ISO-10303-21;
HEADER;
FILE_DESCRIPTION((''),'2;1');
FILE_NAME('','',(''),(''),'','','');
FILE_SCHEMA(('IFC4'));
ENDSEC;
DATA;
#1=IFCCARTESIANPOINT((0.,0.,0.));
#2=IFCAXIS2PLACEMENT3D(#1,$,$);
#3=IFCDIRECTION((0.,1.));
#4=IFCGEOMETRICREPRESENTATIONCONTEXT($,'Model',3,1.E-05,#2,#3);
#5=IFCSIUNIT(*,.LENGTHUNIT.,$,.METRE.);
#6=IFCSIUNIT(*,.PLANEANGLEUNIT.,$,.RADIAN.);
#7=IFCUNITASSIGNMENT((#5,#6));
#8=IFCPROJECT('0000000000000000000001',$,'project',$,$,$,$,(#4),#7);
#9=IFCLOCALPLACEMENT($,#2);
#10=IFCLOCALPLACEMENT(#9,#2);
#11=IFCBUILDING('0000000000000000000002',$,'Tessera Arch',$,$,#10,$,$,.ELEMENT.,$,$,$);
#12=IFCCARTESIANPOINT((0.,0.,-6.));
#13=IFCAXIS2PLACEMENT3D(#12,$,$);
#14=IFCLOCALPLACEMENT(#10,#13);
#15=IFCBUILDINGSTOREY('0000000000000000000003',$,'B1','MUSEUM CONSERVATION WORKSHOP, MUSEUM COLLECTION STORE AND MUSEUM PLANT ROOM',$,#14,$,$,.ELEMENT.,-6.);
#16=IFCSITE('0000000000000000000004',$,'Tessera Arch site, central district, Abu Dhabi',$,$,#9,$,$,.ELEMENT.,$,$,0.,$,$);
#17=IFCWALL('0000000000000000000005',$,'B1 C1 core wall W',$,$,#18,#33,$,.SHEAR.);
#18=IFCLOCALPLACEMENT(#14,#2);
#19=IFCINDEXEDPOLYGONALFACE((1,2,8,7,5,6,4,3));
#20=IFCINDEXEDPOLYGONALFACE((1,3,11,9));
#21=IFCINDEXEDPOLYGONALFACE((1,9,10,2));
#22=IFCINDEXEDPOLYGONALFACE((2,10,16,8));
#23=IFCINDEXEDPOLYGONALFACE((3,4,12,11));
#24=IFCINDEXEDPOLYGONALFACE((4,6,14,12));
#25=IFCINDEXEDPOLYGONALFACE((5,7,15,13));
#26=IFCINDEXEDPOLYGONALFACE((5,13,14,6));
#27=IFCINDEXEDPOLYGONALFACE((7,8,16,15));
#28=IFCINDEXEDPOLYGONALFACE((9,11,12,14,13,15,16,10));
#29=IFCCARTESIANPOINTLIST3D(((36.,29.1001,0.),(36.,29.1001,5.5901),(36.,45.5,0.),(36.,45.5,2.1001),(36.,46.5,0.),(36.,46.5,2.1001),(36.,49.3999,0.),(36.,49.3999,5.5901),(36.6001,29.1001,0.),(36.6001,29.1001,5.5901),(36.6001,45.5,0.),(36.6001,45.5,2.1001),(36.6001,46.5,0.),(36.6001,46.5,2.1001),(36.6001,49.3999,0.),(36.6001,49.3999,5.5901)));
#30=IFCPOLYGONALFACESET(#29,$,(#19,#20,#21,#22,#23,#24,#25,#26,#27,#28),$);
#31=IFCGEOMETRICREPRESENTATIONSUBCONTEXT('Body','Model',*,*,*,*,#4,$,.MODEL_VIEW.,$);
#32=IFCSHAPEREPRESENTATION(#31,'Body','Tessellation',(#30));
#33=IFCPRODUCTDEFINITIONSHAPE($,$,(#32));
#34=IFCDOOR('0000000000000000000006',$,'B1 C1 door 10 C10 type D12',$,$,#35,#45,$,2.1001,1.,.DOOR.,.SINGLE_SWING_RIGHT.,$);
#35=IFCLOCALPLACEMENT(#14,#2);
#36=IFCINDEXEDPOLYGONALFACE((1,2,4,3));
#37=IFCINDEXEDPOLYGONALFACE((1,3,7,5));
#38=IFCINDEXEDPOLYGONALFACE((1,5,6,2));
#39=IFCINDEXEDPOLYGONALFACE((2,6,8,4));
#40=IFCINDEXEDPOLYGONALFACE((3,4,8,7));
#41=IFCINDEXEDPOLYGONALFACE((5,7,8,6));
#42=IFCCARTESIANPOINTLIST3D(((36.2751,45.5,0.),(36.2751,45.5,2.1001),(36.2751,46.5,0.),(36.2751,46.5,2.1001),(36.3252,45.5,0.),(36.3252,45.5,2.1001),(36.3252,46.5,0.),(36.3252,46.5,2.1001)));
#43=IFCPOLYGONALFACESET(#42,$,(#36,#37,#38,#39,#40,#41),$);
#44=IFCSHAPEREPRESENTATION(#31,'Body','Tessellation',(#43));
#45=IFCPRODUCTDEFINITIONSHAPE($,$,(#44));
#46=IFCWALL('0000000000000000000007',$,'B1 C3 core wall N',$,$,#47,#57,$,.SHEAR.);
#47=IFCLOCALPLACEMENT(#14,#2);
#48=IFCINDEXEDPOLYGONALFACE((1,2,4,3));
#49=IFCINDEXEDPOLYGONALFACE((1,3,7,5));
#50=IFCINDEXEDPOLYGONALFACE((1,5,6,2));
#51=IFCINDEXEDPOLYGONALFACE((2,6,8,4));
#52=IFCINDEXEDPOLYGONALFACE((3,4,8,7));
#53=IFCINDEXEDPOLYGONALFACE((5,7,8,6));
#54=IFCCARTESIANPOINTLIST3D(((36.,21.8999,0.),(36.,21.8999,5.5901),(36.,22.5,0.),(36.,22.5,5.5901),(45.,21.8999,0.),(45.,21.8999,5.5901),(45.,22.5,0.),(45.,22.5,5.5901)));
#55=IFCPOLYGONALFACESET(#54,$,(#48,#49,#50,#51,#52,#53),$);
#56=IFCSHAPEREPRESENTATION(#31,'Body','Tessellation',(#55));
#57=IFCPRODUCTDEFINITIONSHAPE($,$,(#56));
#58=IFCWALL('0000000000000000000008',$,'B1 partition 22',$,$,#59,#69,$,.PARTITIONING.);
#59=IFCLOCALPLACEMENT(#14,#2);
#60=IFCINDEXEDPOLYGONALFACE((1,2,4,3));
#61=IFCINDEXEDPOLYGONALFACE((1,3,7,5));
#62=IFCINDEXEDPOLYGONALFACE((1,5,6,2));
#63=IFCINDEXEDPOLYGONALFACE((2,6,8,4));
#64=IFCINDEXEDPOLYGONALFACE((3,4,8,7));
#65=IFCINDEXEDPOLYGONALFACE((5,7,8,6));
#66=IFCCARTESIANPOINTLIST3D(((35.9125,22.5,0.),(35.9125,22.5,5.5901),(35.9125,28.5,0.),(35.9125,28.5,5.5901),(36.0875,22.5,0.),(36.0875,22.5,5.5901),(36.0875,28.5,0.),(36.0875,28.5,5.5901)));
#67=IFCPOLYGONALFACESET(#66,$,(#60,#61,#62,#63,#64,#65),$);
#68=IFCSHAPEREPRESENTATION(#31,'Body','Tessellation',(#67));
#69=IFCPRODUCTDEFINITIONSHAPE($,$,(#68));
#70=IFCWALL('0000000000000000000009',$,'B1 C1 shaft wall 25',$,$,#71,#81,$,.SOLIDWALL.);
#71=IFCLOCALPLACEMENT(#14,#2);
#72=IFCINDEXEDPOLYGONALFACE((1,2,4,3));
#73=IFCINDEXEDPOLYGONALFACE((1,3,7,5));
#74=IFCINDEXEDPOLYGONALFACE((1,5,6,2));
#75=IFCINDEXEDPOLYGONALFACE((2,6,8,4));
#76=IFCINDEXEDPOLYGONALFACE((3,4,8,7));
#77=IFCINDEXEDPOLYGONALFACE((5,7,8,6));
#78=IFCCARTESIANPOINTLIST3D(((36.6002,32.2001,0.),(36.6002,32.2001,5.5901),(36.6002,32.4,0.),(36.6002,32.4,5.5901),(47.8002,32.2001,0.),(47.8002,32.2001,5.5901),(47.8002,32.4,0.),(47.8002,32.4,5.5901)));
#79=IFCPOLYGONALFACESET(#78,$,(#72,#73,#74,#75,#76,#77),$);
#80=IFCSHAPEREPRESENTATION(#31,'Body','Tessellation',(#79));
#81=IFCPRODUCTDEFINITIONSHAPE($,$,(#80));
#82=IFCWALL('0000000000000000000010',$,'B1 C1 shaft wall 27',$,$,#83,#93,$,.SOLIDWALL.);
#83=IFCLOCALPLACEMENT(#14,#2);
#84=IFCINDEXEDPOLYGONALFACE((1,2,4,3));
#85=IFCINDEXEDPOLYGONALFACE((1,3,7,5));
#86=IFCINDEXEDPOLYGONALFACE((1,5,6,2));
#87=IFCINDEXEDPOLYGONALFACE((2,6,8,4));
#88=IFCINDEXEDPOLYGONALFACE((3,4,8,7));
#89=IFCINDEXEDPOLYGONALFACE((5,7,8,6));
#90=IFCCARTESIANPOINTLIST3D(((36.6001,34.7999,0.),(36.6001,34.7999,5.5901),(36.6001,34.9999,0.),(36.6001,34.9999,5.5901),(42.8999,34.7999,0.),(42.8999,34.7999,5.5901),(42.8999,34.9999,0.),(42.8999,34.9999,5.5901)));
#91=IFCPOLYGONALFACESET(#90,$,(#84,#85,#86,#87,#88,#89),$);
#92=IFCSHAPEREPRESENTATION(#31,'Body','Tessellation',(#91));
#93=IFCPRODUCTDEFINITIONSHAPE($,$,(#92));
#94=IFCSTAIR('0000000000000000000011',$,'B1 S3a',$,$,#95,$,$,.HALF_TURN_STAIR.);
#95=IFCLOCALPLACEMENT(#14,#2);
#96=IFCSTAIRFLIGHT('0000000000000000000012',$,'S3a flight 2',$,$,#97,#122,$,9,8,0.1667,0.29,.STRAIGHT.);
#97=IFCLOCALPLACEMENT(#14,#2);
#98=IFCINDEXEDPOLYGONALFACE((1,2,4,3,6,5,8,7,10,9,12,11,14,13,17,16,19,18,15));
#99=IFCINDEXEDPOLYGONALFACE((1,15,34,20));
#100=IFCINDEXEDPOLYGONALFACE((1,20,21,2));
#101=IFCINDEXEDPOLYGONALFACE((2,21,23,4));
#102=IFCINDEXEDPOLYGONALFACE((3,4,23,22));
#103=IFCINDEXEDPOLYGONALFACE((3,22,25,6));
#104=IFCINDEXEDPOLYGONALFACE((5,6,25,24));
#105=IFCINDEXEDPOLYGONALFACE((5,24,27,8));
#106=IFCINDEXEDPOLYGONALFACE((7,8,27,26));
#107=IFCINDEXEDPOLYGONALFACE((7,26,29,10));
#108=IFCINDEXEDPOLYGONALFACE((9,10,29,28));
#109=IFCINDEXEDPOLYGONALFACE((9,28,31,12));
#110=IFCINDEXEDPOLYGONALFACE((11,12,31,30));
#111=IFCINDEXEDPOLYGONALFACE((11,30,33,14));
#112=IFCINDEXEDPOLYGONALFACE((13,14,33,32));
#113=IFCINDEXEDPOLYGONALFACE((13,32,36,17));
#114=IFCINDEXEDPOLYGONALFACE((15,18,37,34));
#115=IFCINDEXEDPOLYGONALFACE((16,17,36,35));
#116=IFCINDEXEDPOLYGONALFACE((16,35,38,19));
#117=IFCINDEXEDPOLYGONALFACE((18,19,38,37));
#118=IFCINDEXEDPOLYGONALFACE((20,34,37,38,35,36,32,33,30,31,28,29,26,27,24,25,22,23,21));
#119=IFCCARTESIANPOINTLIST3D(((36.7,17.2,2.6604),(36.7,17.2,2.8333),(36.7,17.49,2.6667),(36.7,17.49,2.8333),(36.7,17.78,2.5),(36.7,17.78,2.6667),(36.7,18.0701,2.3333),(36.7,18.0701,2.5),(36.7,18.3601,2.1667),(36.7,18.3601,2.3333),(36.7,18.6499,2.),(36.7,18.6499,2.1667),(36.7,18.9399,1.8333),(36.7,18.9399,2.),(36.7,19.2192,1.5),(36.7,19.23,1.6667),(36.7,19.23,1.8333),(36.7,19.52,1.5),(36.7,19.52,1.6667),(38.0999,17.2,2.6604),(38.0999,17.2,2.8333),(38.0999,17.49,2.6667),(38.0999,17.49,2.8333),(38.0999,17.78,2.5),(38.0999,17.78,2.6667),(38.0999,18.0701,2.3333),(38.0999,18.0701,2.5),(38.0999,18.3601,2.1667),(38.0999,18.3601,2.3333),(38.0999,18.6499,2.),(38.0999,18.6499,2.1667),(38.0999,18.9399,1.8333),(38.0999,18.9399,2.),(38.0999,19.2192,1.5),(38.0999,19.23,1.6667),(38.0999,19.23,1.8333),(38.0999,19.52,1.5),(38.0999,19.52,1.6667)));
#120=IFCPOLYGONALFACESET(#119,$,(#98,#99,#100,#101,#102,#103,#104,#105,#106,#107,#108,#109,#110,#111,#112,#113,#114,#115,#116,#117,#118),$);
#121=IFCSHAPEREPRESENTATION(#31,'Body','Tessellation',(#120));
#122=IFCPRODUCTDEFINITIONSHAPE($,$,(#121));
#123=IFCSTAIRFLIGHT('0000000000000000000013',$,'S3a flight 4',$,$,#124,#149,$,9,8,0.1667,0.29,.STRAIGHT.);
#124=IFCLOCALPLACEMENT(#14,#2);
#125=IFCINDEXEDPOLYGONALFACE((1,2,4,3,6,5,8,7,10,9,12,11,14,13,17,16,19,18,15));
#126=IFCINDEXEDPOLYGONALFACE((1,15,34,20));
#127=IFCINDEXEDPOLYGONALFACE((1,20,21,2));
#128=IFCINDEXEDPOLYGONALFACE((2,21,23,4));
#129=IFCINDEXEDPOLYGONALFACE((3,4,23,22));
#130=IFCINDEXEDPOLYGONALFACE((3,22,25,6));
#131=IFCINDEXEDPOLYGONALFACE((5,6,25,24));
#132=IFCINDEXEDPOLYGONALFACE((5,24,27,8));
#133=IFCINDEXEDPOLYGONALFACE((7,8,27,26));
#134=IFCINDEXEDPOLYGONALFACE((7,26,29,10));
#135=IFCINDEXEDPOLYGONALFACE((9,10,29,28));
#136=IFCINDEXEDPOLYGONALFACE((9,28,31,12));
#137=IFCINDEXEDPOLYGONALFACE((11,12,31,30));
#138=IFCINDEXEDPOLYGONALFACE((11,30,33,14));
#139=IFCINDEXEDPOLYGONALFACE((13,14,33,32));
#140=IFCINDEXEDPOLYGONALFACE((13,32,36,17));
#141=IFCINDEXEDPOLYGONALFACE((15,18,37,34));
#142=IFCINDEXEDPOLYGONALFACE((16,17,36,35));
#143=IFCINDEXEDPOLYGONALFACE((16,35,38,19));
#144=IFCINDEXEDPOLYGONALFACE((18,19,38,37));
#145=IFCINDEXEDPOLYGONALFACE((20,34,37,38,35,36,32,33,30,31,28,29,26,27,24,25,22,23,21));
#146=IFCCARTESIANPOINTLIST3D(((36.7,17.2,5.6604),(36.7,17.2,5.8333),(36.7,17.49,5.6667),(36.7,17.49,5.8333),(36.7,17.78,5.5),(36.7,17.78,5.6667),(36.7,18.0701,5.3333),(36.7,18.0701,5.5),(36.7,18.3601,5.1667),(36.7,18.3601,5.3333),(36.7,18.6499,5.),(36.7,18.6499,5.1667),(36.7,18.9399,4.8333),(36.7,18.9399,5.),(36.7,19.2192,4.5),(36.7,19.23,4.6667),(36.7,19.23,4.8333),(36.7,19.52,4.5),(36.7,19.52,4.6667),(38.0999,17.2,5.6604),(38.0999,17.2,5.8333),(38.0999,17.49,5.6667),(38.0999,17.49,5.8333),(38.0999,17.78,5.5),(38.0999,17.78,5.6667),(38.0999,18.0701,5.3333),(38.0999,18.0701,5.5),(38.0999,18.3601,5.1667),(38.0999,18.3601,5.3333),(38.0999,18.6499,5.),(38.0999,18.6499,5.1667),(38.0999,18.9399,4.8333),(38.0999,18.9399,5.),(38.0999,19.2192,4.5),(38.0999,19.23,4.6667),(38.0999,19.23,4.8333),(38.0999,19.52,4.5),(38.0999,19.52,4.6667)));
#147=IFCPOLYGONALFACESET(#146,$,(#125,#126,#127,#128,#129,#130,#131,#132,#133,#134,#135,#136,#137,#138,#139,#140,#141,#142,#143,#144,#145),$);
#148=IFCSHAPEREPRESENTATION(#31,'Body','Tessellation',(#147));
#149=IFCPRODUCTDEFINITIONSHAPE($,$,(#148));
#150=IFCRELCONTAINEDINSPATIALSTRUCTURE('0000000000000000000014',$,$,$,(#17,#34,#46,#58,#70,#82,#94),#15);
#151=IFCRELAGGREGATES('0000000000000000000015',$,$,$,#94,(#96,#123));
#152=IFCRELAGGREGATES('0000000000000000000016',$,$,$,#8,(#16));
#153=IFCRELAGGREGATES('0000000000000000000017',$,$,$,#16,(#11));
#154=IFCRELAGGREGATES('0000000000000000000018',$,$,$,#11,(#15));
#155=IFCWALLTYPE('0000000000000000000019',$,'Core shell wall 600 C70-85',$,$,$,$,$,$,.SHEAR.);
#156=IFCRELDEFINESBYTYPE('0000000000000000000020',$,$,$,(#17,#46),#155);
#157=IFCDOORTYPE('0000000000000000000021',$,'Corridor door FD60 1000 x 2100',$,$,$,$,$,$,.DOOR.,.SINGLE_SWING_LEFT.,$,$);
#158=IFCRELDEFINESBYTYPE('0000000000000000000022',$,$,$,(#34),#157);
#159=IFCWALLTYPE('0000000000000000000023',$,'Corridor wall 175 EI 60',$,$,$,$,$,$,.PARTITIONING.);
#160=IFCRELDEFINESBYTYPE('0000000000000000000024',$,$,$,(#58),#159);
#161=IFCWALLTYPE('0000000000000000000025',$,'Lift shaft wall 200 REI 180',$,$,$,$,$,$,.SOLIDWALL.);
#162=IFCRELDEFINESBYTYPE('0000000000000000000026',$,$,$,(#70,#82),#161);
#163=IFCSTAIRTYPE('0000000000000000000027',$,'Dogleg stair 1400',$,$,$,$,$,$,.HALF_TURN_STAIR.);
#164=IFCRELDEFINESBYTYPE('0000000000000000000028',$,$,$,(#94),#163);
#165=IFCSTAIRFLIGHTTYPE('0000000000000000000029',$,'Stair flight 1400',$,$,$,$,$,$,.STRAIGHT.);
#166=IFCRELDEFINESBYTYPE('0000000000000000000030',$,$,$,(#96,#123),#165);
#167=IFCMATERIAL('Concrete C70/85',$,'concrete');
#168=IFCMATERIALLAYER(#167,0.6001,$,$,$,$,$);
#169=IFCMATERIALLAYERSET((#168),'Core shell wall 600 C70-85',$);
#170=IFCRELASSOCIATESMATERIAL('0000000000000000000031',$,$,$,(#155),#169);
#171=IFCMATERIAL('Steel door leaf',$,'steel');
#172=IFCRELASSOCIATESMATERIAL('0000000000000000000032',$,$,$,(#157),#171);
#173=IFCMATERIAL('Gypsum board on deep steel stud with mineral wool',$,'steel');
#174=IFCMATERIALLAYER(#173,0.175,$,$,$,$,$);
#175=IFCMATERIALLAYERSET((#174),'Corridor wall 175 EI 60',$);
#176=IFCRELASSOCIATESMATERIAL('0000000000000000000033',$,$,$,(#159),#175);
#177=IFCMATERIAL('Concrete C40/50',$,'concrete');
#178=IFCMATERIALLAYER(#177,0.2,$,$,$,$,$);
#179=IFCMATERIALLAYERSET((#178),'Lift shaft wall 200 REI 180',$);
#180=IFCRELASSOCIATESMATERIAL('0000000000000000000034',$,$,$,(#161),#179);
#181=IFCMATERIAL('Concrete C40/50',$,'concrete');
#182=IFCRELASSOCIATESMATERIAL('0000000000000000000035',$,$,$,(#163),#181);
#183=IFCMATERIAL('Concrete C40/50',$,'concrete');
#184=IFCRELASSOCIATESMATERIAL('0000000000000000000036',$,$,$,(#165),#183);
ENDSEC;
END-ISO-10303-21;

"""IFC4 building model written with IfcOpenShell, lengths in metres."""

from ifc_helpers import new_model, si_unit, direction, frame, frame_2d, origin, place, context, subcontext, project, spatial, polyline, rectangle, outline, extrude, material, layer, layer_set, type_object, element, fill, aggregate, save


model = new_model("IFC4")

# Units and contexts
model_context = context("Model", 3, precision=1e-05, world=origin(), true_north=direction((0.0, 1.0)))
body_context = subcontext(model_context, "Body", "Model", "MODEL_VIEW")
ifc_project = project(units=[si_unit("LENGTHUNIT", "METRE"), si_unit("PLANEANGLEUNIT", "RADIAN")], contexts=[model_context])

# Site, building, storey
site_placement = place(None, origin())
site = spatial("IfcSite", under=ifc_project, at=site_placement, Name="Tessera Arch site, central district, Abu Dhabi", CompositionType="ELEMENT", RefElevation=0.0)
building_placement = place(site_placement, origin())
building = spatial("IfcBuilding", under=site, at=building_placement, Name="Tessera Arch", CompositionType="ELEMENT")
storey_placement = place(building_placement, frame((0.0, 0.0, -6.0)))
storey = spatial("IfcBuildingStorey", under=building, at=storey_placement, Name="B1", Description="MUSEUM CONSERVATION WORKSHOP, MUSEUM COLLECTION STORE AND MUSEUM PLANT ROOM", CompositionType="ELEMENT", Elevation=-6.0)

# Shared definitions
ifc_material_1 = material(Name="Concrete C70/85", Category="concrete")
ifc_layer_1 = layer(ifc_material_1, 0.6001)
ifc_layer_set_1 = layer_set([ifc_layer_1], Name="Core shell wall 600 C70-85")
wall_type_1 = type_object("IfcWallType", Name="Core shell wall 600 C70-85", PredefinedType="SHEAR", material=ifc_layer_set_1)

# Wall, opening, door
wall_1_placement = place(storey_placement, frame((36.3, 29.1001, 0.0), z_axis=(0.0, 0.0, 1.0), x_axis=(0.0, 1.0, 0.0)))
wall_1 = element("IfcWall", 1, at=wall_1_placement, inside=storey, type_object=wall_type_1, Name="B1 C1 core wall W", PredefinedType="SHEAR", context=body_context, shape_type="SweptSolid", body=[
    extrude(rectangle(XDim=20.2998, YDim=0.6001, at=frame_2d((10.1499, 0.0))), origin(), (0.0, 0.0, 1.0), 5.5901),
])
opening_placement = place(wall_1_placement, frame((16.3999, 0.0, 0.0)))
opening = element("IfcOpeningElement", 2, at=opening_placement, cuts=wall_1, PredefinedType="OPENING", context=body_context, shape_type="SweptSolid", body=[
    extrude(rectangle(XDim=1.0, YDim=2.1001, at=frame_2d((0.5, 1.05))), frame((0.0, 0.3101, 0.0), z_axis=(0.0, -1.0, 0.0), x_axis=(1.0, 0.0, 0.0)), (0.0, 0.0, 1.0), 0.6201),
])
ifc_material_2 = material(Name="Steel door leaf", Category="steel")
door_type = type_object("IfcDoorType", Name="Corridor door FD60 1000 x 2100", OperationType="SINGLE_SWING_LEFT", PredefinedType="DOOR", material=ifc_material_2)
door_placement = place(opening_placement, origin())
door = element("IfcDoor", 3, at=door_placement, inside=storey, type_object=door_type, Name="B1 C1 door 10 C10 type D12", OperationType="SINGLE_SWING_RIGHT", OverallHeight=2.1001, OverallWidth=1.0, PredefinedType="DOOR", context=body_context, shape_type="SweptSolid", body=[
    extrude(rectangle(XDim=1.0, YDim=2.1001, at=frame_2d((0.5, 1.05))), frame((0.0, 0.0249, 0.0), z_axis=(0.0, -1.0, 0.0), x_axis=(1.0, 0.0, 0.0)), (0.0, 0.0, 1.0), 0.05),
])
fill(opening, door)

# Walls
wall_2_placement = place(storey_placement, frame((36.0, 22.2, 0.0), z_axis=(0.0, 0.0, 1.0), x_axis=(1.0, 0.0, 0.0)))
element("IfcWall", 4, at=wall_2_placement, inside=storey, type_object=wall_type_1, Name="B1 C3 core wall N", PredefinedType="SHEAR", context=body_context, shape_type="SweptSolid", body=[
    extrude(rectangle(XDim=9.0, YDim=0.6001, at=frame_2d((4.5, 0.0))), origin(), (0.0, 0.0, 1.0), 5.5901),
])
ifc_material_3 = material(Name="Gypsum board on deep steel stud with mineral wool", Category="steel")
ifc_layer_2 = layer(ifc_material_3, 0.175)
ifc_layer_set_2 = layer_set([ifc_layer_2], Name="Corridor wall 175 EI 60")
wall_type_2 = type_object("IfcWallType", Name="Corridor wall 175 EI 60", PredefinedType="PARTITIONING", material=ifc_layer_set_2)
wall_3_placement = place(storey_placement, frame((36.0, 22.5, 0.0), z_axis=(0.0, 0.0, 1.0), x_axis=(0.0, 1.0, 0.0)))
element("IfcWall", 5, at=wall_3_placement, inside=storey, type_object=wall_type_2, Name="B1 partition 22", PredefinedType="PARTITIONING", context=body_context, shape_type="SweptSolid", body=[
    extrude(rectangle(XDim=6.0, YDim=0.175, at=frame_2d((3.0, 0.0))), origin(), (0.0, 0.0, 1.0), 5.5901),
])
ifc_material_4 = material(Name="Concrete C40/50", Category="concrete")
ifc_layer_3 = layer(ifc_material_4, 0.2)
ifc_layer_set_3 = layer_set([ifc_layer_3], Name="Lift shaft wall 200 REI 180")
wall_type_3 = type_object("IfcWallType", Name="Lift shaft wall 200 REI 180", PredefinedType="SOLIDWALL", material=ifc_layer_set_3)
wall_4_placement = place(storey_placement, frame((36.6001, 32.3, 0.0), z_axis=(0.0, 0.0, 1.0), x_axis=(1.0, 0.0, 0.0)))
element("IfcWall", 6, at=wall_4_placement, inside=storey, type_object=wall_type_3, Name="B1 C1 shaft wall 25", PredefinedType="SOLIDWALL", context=body_context, shape_type="SweptSolid", body=[
    extrude(rectangle(XDim=11.2, YDim=0.2, at=frame_2d((5.6001, 0.0))), origin(), (0.0, 0.0, 1.0), 5.5901),
])
wall_5_placement = place(storey_placement, frame((36.6001, 34.8999, 0.0), z_axis=(0.0, 0.0, 1.0), x_axis=(1.0, 0.0, 0.0)))
element("IfcWall", 7, at=wall_5_placement, inside=storey, type_object=wall_type_3, Name="B1 C1 shaft wall 27", PredefinedType="SOLIDWALL", context=body_context, shape_type="SweptSolid", body=[
    extrude(rectangle(XDim=6.2998, YDim=0.2, at=frame_2d((3.1499, 0.0))), origin(), (0.0, 0.0, 1.0), 5.5901),
])

# Stair, stair flights
ifc_material_5 = material(Name="Concrete C40/50", Category="concrete")
stair_type = type_object("IfcStairType", Name="Dogleg stair 1400", PredefinedType="HALF_TURN_STAIR", material=ifc_material_5)
stair_placement = place(storey_placement, origin())
stair = element("IfcStair", 8, at=stair_placement, inside=storey, type_object=stair_type, Name="B1 S3a", PredefinedType="HALF_TURN_STAIR")
ifc_material_6 = material(Name="Concrete C40/50", Category="concrete")
stair_flight_type = type_object("IfcStairFlightType", Name="Stair flight 1400", PredefinedType="STRAIGHT", material=ifc_material_6)
stair_flight_1_placement = place(storey_placement, frame((37.3999, 19.52, 1.5), z_axis=(0.0, 0.0, 1.0), x_axis=(0.0, -1.0, 0.0)))
stair_flight_1 = element("IfcStairFlight", 9, at=stair_flight_1_placement, type_object=stair_flight_type, Name="S3a flight 2", NumberOfRisers=9, NumberOfTreads=8, PredefinedType="STRAIGHT", RiserHeight=0.1667, TreadLength=0.29, context=body_context, shape_type="SweptSolid", body=[
    extrude(outline(polyline([(0.0, 0.0), (0.0, 0.1667), (0.29, 0.1667), (0.29, 0.3333), (0.5801, 0.3333), (0.5801, 0.5), (0.8701, 0.5), (0.8701, 0.6667), (1.1599, 0.6667), (1.1599, 0.8333), (1.45, 0.8333), (1.45, 1.0), (1.74, 1.0), (1.74, 1.1667), (2.03, 1.1667), (2.03, 1.3333), (2.3201, 1.3333), (2.3201, 1.5), (2.3201, 1.1604), (0.3008, 0.0), (0.0, 0.0)])), frame((0.0, 0.7, 0.0), z_axis=(0.0, -1.0, 0.0), x_axis=(1.0, 0.0, 0.0)), (0.0, 0.0, 1.0), 1.3999),
])
stair_flight_2_placement = place(storey_placement, frame((37.3999, 19.52, 4.5), z_axis=(0.0, 0.0, 1.0), x_axis=(0.0, -1.0, 0.0)))
stair_flight_2 = element("IfcStairFlight", 10, at=stair_flight_2_placement, type_object=stair_flight_type, Name="S3a flight 4", NumberOfRisers=9, NumberOfTreads=8, PredefinedType="STRAIGHT", RiserHeight=0.1667, TreadLength=0.29, context=body_context, shape_type="SweptSolid", body=[
    extrude(outline(polyline([(0.0, 0.0), (0.0, 0.1667), (0.29, 0.1667), (0.29, 0.3333), (0.5801, 0.3333), (0.5801, 0.5), (0.8701, 0.5), (0.8701, 0.6667), (1.1599, 0.6667), (1.1599, 0.8333), (1.45, 0.8333), (1.45, 1.0), (1.74, 1.0), (1.74, 1.1667), (2.03, 1.1667), (2.03, 1.3333), (2.3201, 1.3333), (2.3201, 1.5), (2.3201, 1.1604), (0.3008, 0.0), (0.0, 0.0)])), frame((0.0, 0.7, 0.0), z_axis=(0.0, -1.0, 0.0), x_axis=(1.0, 0.0, 0.0)), (0.0, 0.0, 1.0), 1.3999),
])
aggregate(stair, [stair_flight_1, stair_flight_2])

save(model, "model.ifc")
